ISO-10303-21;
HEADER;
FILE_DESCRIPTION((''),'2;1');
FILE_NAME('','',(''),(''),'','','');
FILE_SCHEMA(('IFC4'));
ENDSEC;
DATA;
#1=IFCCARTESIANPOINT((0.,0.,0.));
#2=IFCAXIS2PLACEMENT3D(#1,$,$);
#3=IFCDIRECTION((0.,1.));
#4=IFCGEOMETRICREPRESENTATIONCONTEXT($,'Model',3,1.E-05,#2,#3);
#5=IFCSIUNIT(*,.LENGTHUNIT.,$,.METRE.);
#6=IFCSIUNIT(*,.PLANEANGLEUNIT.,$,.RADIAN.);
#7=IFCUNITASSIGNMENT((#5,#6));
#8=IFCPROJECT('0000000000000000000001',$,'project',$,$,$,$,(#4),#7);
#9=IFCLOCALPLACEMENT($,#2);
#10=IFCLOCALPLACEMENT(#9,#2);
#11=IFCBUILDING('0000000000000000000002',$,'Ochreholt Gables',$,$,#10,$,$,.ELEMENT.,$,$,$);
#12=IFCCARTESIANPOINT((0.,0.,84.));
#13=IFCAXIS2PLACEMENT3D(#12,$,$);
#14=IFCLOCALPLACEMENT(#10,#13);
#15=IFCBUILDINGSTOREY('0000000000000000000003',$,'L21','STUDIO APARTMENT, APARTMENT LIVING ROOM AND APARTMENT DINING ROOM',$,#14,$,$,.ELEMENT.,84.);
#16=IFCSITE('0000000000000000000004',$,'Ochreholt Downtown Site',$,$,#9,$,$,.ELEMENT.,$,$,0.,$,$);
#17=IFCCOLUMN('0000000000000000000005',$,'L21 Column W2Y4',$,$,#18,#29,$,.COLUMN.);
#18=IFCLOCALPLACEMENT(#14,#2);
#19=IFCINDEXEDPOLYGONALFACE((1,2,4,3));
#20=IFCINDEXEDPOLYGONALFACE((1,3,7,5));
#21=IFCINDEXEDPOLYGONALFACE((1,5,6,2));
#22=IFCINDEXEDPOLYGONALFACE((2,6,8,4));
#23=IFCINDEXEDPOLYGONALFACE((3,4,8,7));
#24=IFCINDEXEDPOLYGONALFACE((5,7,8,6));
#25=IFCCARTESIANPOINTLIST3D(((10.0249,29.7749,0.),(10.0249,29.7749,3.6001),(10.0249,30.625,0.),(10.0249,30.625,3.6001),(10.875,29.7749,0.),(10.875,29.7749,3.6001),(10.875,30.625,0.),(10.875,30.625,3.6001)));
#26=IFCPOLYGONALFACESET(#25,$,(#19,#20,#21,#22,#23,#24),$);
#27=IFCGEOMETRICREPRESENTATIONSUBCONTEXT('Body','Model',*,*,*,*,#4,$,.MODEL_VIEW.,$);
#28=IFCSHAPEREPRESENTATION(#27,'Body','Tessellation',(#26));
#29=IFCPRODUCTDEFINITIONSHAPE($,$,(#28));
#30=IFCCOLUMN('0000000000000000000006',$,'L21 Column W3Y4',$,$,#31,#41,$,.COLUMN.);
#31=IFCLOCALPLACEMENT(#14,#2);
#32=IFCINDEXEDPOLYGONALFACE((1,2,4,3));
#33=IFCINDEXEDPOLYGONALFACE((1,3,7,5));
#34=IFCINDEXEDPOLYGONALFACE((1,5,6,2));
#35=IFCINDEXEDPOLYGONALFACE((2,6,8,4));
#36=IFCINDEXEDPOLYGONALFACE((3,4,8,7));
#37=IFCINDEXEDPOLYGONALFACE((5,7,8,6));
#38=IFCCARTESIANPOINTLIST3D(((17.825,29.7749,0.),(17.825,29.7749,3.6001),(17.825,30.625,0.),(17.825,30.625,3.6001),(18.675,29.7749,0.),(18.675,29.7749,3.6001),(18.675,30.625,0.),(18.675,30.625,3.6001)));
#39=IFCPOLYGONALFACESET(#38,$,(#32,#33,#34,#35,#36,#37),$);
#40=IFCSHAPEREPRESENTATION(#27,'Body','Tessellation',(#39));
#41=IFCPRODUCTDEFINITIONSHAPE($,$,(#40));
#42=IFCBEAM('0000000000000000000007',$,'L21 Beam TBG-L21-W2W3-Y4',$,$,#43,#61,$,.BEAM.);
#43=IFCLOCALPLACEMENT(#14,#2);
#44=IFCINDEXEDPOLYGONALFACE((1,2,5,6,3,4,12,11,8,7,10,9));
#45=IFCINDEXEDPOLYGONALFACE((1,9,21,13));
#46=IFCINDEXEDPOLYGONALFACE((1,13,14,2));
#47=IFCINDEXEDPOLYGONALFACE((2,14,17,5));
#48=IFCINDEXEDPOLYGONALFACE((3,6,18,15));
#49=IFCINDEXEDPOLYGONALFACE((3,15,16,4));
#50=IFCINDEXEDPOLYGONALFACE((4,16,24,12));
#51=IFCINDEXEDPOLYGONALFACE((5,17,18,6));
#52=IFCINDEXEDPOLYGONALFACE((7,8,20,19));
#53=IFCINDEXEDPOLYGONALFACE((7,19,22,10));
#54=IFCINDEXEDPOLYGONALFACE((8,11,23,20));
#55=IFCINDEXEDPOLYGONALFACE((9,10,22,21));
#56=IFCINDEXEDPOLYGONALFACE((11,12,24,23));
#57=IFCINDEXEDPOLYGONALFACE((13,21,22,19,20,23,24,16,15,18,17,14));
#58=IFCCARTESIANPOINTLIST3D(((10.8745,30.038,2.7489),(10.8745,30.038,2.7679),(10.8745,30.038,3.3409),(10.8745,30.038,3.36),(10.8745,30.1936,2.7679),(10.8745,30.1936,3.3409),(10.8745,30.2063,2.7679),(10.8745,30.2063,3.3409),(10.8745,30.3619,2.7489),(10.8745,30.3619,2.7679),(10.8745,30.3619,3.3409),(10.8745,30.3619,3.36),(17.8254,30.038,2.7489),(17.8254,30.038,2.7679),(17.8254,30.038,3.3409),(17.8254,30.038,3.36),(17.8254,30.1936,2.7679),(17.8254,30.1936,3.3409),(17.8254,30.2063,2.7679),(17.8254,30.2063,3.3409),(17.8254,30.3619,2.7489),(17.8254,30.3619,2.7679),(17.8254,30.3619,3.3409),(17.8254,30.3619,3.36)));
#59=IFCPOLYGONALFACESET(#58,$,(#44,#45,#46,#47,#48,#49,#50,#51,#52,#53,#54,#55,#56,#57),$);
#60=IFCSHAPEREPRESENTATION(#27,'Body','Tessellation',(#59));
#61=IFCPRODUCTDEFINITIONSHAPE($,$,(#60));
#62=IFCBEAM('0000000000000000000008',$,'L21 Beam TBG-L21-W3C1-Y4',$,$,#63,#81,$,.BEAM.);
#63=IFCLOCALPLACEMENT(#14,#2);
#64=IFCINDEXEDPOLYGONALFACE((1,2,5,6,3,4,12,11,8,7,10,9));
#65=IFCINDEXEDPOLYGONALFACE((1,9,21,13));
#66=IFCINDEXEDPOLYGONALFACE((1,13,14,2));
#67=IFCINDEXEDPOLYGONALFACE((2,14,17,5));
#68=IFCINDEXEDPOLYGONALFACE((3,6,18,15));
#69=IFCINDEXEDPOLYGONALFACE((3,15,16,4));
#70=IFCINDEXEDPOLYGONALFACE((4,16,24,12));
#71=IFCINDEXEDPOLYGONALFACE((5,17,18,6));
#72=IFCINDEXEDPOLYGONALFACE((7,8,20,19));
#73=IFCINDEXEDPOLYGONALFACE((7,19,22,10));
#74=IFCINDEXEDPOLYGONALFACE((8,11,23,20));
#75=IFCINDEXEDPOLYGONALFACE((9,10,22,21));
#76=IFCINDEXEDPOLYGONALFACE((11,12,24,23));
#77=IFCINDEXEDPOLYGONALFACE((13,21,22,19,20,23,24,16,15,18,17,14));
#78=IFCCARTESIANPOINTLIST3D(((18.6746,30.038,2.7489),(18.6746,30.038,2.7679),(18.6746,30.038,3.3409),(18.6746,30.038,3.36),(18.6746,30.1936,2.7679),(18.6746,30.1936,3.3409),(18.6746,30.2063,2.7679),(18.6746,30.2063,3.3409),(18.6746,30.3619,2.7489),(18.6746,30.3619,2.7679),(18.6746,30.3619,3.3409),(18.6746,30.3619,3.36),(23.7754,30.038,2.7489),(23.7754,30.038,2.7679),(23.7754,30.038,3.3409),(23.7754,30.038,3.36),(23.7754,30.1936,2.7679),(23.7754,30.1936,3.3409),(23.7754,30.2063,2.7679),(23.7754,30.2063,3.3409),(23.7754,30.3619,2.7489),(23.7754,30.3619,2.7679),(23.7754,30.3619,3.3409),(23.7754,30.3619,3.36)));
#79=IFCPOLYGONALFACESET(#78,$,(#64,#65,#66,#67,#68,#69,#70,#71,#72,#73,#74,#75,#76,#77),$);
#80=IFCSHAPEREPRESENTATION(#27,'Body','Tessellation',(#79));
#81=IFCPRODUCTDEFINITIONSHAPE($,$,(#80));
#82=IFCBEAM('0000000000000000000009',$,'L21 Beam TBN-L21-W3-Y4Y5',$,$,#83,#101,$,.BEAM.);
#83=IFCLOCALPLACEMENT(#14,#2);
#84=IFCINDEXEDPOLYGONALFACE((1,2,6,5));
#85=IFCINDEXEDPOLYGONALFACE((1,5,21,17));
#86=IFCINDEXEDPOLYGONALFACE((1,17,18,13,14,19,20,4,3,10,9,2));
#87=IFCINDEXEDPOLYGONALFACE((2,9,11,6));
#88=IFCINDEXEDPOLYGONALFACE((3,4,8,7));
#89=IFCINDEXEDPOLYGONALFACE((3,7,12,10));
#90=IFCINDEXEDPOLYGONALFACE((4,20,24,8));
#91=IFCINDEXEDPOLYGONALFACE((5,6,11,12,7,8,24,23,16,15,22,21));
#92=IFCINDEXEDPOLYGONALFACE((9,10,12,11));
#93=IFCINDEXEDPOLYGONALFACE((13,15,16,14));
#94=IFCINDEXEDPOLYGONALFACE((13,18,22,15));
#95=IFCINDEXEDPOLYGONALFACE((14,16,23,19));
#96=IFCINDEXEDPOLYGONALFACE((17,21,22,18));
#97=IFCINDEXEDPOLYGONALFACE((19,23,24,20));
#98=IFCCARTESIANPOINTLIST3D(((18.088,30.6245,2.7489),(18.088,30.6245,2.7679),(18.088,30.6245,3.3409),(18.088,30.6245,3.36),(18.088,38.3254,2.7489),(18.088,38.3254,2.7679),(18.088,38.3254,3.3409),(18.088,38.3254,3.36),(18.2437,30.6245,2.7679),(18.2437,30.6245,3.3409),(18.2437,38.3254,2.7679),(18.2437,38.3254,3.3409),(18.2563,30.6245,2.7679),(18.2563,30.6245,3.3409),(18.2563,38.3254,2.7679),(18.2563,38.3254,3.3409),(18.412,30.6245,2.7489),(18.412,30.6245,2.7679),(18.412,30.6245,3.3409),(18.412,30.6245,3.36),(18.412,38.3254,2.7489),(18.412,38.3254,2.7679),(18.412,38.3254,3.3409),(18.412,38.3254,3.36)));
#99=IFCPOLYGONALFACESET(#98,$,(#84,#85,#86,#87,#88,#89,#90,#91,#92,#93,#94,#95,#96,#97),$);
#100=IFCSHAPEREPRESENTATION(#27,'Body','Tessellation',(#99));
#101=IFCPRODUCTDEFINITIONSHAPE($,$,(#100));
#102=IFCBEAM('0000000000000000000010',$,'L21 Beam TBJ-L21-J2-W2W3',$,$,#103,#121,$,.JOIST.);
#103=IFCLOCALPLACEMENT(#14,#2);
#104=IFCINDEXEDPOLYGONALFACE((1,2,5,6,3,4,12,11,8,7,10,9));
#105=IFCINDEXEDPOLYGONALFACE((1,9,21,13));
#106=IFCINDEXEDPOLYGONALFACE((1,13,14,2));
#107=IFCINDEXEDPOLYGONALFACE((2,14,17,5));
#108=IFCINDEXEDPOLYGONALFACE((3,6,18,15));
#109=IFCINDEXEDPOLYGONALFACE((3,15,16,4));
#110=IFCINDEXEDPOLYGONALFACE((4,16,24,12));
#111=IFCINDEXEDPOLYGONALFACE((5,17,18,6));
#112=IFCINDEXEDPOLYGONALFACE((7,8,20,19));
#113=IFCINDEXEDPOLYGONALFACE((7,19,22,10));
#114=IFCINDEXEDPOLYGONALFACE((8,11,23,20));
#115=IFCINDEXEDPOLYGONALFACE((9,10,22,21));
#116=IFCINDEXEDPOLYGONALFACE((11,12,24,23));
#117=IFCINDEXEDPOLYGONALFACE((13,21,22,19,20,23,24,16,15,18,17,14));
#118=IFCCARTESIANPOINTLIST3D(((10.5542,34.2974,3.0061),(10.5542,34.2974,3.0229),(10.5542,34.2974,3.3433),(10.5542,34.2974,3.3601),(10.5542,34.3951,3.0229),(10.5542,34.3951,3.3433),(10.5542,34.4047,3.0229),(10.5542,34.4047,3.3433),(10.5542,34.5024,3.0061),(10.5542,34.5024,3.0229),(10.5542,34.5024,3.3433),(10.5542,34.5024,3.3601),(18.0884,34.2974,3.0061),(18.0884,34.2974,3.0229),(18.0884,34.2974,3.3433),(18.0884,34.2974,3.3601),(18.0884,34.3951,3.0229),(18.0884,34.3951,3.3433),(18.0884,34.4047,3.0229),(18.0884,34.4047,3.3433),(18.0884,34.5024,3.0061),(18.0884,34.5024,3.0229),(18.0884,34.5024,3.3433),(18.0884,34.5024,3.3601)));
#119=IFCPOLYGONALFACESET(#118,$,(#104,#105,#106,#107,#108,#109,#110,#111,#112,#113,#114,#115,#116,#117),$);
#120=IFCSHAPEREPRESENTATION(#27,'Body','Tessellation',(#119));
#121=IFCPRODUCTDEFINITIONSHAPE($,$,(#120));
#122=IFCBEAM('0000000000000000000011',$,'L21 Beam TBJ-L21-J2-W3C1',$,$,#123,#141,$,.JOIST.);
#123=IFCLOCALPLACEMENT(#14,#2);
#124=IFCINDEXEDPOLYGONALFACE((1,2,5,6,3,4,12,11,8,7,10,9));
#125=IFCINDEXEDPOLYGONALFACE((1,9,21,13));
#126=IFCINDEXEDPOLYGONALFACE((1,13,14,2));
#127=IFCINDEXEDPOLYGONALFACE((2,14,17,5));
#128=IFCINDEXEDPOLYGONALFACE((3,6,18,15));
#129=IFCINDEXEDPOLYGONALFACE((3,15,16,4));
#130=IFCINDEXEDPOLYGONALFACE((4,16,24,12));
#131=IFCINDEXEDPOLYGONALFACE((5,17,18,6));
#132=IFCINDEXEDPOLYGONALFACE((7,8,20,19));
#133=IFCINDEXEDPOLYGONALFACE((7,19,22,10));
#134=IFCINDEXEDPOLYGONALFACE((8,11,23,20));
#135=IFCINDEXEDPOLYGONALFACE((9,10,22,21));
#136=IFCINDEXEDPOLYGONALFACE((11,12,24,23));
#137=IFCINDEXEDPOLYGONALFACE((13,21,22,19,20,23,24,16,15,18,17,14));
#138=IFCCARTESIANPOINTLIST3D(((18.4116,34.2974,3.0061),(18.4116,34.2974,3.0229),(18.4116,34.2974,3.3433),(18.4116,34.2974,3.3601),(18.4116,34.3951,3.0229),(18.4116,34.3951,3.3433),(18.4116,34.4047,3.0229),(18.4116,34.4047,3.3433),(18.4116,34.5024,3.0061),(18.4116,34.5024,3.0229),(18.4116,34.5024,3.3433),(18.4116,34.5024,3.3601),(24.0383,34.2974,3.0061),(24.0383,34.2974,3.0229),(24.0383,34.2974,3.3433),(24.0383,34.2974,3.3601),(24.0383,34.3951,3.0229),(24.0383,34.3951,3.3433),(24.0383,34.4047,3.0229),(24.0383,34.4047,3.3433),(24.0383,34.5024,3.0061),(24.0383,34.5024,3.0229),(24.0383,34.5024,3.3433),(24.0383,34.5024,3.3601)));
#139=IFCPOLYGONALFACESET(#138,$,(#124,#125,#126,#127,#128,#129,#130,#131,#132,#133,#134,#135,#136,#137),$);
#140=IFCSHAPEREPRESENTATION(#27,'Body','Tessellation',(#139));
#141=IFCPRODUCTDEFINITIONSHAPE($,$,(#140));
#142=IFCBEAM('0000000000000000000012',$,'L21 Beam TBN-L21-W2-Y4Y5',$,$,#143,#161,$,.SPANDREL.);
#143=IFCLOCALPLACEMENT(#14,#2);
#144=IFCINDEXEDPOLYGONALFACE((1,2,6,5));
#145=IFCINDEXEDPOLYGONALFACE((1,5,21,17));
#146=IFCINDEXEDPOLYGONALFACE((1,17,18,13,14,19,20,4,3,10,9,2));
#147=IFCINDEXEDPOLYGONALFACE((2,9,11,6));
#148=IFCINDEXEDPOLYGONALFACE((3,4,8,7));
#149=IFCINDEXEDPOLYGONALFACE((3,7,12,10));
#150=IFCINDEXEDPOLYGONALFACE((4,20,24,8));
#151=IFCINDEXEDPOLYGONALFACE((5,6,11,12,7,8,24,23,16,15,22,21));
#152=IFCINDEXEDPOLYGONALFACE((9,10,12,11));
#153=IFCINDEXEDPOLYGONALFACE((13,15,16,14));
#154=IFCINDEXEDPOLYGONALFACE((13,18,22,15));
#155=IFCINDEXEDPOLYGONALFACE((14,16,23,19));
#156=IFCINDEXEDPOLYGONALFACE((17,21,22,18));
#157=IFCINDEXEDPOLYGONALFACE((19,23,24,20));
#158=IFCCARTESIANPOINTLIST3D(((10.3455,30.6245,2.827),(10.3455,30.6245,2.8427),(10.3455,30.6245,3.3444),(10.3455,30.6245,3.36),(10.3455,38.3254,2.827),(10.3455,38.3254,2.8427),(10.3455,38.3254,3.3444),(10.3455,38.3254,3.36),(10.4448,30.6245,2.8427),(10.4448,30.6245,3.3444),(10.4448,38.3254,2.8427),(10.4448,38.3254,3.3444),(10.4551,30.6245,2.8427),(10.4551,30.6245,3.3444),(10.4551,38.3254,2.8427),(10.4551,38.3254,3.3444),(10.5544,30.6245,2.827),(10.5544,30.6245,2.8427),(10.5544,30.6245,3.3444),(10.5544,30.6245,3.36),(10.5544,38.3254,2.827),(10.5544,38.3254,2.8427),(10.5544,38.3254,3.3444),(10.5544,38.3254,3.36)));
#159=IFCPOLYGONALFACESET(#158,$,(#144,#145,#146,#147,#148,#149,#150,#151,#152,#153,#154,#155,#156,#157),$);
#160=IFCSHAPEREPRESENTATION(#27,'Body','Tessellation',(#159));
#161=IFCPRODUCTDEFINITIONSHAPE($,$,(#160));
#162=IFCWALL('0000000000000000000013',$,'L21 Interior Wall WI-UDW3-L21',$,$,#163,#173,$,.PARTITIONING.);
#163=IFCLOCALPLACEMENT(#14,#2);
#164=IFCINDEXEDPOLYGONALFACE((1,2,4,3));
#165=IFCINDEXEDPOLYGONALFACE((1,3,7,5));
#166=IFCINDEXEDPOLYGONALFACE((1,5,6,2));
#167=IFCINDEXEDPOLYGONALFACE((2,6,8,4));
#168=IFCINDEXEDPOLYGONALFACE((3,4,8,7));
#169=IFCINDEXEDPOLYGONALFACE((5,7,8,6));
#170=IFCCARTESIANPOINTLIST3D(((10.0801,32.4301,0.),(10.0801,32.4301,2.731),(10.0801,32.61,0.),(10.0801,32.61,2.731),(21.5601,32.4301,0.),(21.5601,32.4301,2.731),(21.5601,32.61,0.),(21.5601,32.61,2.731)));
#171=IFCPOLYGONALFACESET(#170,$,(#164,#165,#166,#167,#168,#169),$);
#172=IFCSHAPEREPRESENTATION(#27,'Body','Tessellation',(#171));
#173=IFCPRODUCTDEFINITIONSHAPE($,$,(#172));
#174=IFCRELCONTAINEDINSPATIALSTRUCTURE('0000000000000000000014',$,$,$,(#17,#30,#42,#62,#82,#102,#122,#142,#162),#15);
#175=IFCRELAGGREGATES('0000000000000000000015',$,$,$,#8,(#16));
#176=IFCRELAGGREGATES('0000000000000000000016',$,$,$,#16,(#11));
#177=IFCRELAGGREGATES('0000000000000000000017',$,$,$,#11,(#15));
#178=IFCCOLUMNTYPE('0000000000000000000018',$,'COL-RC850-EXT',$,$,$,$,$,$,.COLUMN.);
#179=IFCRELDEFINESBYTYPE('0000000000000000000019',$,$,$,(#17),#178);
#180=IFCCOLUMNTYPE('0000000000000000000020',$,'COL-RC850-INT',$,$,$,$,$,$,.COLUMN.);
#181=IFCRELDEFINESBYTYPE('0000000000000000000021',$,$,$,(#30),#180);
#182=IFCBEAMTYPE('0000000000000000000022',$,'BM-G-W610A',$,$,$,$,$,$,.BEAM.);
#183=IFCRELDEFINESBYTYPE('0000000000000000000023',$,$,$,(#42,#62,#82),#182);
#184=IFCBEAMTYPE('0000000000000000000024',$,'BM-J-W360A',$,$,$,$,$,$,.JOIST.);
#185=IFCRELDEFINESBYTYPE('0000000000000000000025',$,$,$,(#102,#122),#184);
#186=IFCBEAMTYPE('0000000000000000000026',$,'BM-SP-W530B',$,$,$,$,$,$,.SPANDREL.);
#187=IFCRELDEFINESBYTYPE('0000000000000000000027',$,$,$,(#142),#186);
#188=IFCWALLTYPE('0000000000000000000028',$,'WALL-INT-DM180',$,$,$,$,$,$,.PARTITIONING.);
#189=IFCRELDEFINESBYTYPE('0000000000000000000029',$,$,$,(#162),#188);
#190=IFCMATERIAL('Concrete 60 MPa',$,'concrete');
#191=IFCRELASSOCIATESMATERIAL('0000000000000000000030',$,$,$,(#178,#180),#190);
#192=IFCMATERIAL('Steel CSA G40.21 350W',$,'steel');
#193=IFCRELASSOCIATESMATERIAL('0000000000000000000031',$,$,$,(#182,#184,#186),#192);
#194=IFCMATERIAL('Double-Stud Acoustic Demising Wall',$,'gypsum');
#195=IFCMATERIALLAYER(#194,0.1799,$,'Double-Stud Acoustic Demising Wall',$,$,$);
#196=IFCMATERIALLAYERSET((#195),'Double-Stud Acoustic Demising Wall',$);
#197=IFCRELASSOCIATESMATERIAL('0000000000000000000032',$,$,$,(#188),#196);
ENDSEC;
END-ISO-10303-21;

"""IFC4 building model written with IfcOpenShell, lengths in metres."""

from ifc_helpers import new_model, si_unit, direction, frame, frame_2d, origin, origin_2d, place, context, subcontext, project, spatial, rectangle, i_section, extrude, material, layer, layer_set, material_profile, profile_set, type_object, element, save


model = new_model("IFC4")

# Units and contexts
model_context = context("Model", 3, precision=1e-05, world=origin(), true_north=direction((0.0, 1.0)))
body_context = subcontext(model_context, "Body", "Model", "MODEL_VIEW")
ifc_project = project(units=[si_unit("LENGTHUNIT", "METRE"), si_unit("PLANEANGLEUNIT", "RADIAN")], contexts=[model_context])

# Site, building, storey
site_placement = place(None, origin())
site = spatial("IfcSite", under=ifc_project, at=site_placement, Name="Ochreholt Downtown Site", CompositionType="ELEMENT", RefElevation=0.0)
building_placement = place(site_placement, origin())
building = spatial("IfcBuilding", under=site, at=building_placement, Name="Ochreholt Gables", CompositionType="ELEMENT")
storey_placement = place(building_placement, frame((0.0, 0.0, 84.0)))
storey = spatial("IfcBuildingStorey", under=building, at=storey_placement, Name="L21", Description="STUDIO APARTMENT, APARTMENT LIVING ROOM AND APARTMENT DINING ROOM", CompositionType="ELEMENT", Elevation=84.0)

# Columns
ifc_material_1 = material(Name="Concrete 60 MPa", Category="concrete")
ifc_material_profile_1 = material_profile(ifc_material_1, rectangle(XDim=0.8501, YDim=0.8501, at=origin_2d()), Name="RC850X850")
ifc_profile_set_1 = profile_set([ifc_material_profile_1], Name="Concrete 60 MPa")
column_type_1 = type_object("IfcColumnType", Name="COL-RC850-EXT", PredefinedType="COLUMN", material=ifc_profile_set_1)
column_1_placement = place(storey_placement, frame((10.45, 30.2, 0.0), z_axis=(0.0, 0.0, 1.0), x_axis=(1.0, 0.0, 0.0)))
element("IfcColumn", 1, at=column_1_placement, inside=storey, type_object=column_type_1, Name="L21 Column W2Y4", PredefinedType="COLUMN", context=body_context, shape_type="SweptSolid", body=[
    extrude(rectangle(XDim=0.8501, YDim=0.8501, at=origin_2d()), origin(), (0.0, 0.0, 1.0), 3.6001),
])
ifc_material_profile_2 = material_profile(ifc_material_1, rectangle(XDim=0.8501, YDim=0.8501, at=origin_2d()), Name="RC850X850")
ifc_profile_set_2 = profile_set([ifc_material_profile_2], Name="Concrete 60 MPa")
column_type_2 = type_object("IfcColumnType", Name="COL-RC850-INT", PredefinedType="COLUMN", material=ifc_profile_set_2)
column_2_placement = place(storey_placement, frame((18.25, 30.2, 0.0), z_axis=(0.0, 0.0, 1.0), x_axis=(1.0, 0.0, 0.0)))
element("IfcColumn", 2, at=column_2_placement, inside=storey, type_object=column_type_2, Name="L21 Column W3Y4", PredefinedType="COLUMN", context=body_context, shape_type="SweptSolid", body=[
    extrude(rectangle(XDim=0.8501, YDim=0.8501, at=origin_2d()), origin(), (0.0, 0.0, 1.0), 3.6001),
])

# Beams
ifc_material_2 = material(Name="Steel CSA G40.21 350W", Category="steel")
ifc_material_profile_3 = material_profile(ifc_material_2, i_section(OverallWidth=0.324, OverallDepth=0.6111, WebThickness=0.0127, FlangeThickness=0.019, at=origin_2d()), Name="W610X155")
ifc_profile_set_3 = profile_set([ifc_material_profile_3], Name="Steel CSA G40.21 350W")
beam_type_1 = type_object("IfcBeamType", Name="BM-G-W610A", PredefinedType="BEAM", material=ifc_profile_set_3)
beam_1_placement = place(storey_placement, frame((10.8745, 30.2, 3.0544), z_axis=(1.0, 0.0, 0.0), x_axis=(0.0, 1.0, 0.0)))
element("IfcBeam", 3, at=beam_1_placement, inside=storey, type_object=beam_type_1, Name="L21 Beam TBG-L21-W2W3-Y4", PredefinedType="BEAM", context=body_context, shape_type="SweptSolid", body=[
    extrude(i_section(OverallWidth=0.324, OverallDepth=0.6111, WebThickness=0.0127, FlangeThickness=0.019, at=origin_2d()), origin(), (0.0, 0.0, 1.0), 6.9509),
])
beam_2_placement = place(storey_placement, frame((18.6746, 30.2, 3.0544), z_axis=(1.0, 0.0, 0.0), x_axis=(0.0, 1.0, 0.0)))
element("IfcBeam", 4, at=beam_2_placement, inside=storey, type_object=beam_type_1, Name="L21 Beam TBG-L21-W3C1-Y4", PredefinedType="BEAM", context=body_context, shape_type="SweptSolid", body=[
    extrude(i_section(OverallWidth=0.324, OverallDepth=0.6111, WebThickness=0.0127, FlangeThickness=0.019, at=origin_2d()), origin(), (0.0, 0.0, 1.0), 5.1008),
])
beam_3_placement = place(storey_placement, frame((18.25, 30.6245, 3.0544), z_axis=(0.0, 1.0, 0.0), x_axis=(-1.0, 0.0, 0.0)))
element("IfcBeam", 5, at=beam_3_placement, inside=storey, type_object=beam_type_1, Name="L21 Beam TBN-L21-W3-Y4Y5", PredefinedType="BEAM", context=body_context, shape_type="SweptSolid", body=[
    extrude(i_section(OverallWidth=0.324, OverallDepth=0.6111, WebThickness=0.0127, FlangeThickness=0.019, at=origin_2d()), origin(), (0.0, 0.0, 1.0), 7.7009),
])
ifc_material_profile_4 = material_profile(ifc_material_2, i_section(OverallWidth=0.2051, OverallDepth=0.354, WebThickness=0.0095, FlangeThickness=0.0168, at=origin_2d()), Name="W360X79")
ifc_profile_set_4 = profile_set([ifc_material_profile_4], Name="Steel CSA G40.21 350W")
beam_type_2 = type_object("IfcBeamType", Name="BM-J-W360A", PredefinedType="JOIST", material=ifc_profile_set_4)
beam_4_placement = place(storey_placement, frame((10.5542, 34.3999, 3.1831), z_axis=(1.0, 0.0, 0.0), x_axis=(0.0, 1.0, 0.0)))
element("IfcBeam", 6, at=beam_4_placement, inside=storey, type_object=beam_type_2, Name="L21 Beam TBJ-L21-J2-W2W3", PredefinedType="JOIST", context=body_context, shape_type="SweptSolid", body=[
    extrude(i_section(OverallWidth=0.2051, OverallDepth=0.354, WebThickness=0.0095, FlangeThickness=0.0168, at=origin_2d()), origin(), (0.0, 0.0, 1.0), 7.5342),
])
beam_5_placement = place(storey_placement, frame((18.4116, 34.3999, 3.1831), z_axis=(1.0, 0.0, 0.0), x_axis=(0.0, 1.0, 0.0)))
element("IfcBeam", 7, at=beam_5_placement, inside=storey, type_object=beam_type_2, Name="L21 Beam TBJ-L21-J2-W3C1", PredefinedType="JOIST", context=body_context, shape_type="SweptSolid", body=[
    extrude(i_section(OverallWidth=0.2051, OverallDepth=0.354, WebThickness=0.0095, FlangeThickness=0.0168, at=origin_2d()), origin(), (0.0, 0.0, 1.0), 5.6267),
])
ifc_material_profile_5 = material_profile(ifc_material_2, i_section(OverallWidth=0.209, OverallDepth=0.533, WebThickness=0.0103, FlangeThickness=0.0156, at=origin_2d()), Name="W530X92")
ifc_profile_set_5 = profile_set([ifc_material_profile_5], Name="Steel CSA G40.21 350W")
beam_type_3 = type_object("IfcBeamType", Name="BM-SP-W530B", PredefinedType="SPANDREL", material=ifc_profile_set_5)
beam_6_placement = place(storey_placement, frame((10.45, 30.6245, 3.0935), z_axis=(0.0, 1.0, 0.0), x_axis=(-1.0, 0.0, 0.0)))
element("IfcBeam", 8, at=beam_6_placement, inside=storey, type_object=beam_type_3, Name="L21 Beam TBN-L21-W2-Y4Y5", PredefinedType="SPANDREL", context=body_context, shape_type="SweptSolid", body=[
    extrude(i_section(OverallWidth=0.209, OverallDepth=0.533, WebThickness=0.0103, FlangeThickness=0.0156, at=origin_2d()), origin(), (0.0, 0.0, 1.0), 7.7009),
])

# Wall
ifc_material_3 = material(Name="Double-Stud Acoustic Demising Wall", Category="gypsum")
ifc_layer_1 = layer(ifc_material_3, 0.1799, Name="Double-Stud Acoustic Demising Wall")
ifc_layer_set_1 = layer_set([ifc_layer_1], Name="Double-Stud Acoustic Demising Wall")
wall_type_1 = type_object("IfcWallType", Name="WALL-INT-DM180", PredefinedType="PARTITIONING", material=ifc_layer_set_1)
wall_1_placement = place(storey_placement, frame((10.0801, 32.52, 0.0), z_axis=(0.0, 0.0, 1.0), x_axis=(1.0, 0.0, 0.0)))
element("IfcWall", 9, at=wall_1_placement, inside=storey, type_object=wall_type_1, Name="L21 Interior Wall WI-UDW3-L21", PredefinedType="PARTITIONING", context=body_context, shape_type="SweptSolid", body=[
    extrude(rectangle(XDim=11.48, YDim=0.1799, at=frame_2d((5.74, 0.0))), origin(), (0.0, 0.0, 1.0), 2.731),
])

save(model, "model.ifc")
